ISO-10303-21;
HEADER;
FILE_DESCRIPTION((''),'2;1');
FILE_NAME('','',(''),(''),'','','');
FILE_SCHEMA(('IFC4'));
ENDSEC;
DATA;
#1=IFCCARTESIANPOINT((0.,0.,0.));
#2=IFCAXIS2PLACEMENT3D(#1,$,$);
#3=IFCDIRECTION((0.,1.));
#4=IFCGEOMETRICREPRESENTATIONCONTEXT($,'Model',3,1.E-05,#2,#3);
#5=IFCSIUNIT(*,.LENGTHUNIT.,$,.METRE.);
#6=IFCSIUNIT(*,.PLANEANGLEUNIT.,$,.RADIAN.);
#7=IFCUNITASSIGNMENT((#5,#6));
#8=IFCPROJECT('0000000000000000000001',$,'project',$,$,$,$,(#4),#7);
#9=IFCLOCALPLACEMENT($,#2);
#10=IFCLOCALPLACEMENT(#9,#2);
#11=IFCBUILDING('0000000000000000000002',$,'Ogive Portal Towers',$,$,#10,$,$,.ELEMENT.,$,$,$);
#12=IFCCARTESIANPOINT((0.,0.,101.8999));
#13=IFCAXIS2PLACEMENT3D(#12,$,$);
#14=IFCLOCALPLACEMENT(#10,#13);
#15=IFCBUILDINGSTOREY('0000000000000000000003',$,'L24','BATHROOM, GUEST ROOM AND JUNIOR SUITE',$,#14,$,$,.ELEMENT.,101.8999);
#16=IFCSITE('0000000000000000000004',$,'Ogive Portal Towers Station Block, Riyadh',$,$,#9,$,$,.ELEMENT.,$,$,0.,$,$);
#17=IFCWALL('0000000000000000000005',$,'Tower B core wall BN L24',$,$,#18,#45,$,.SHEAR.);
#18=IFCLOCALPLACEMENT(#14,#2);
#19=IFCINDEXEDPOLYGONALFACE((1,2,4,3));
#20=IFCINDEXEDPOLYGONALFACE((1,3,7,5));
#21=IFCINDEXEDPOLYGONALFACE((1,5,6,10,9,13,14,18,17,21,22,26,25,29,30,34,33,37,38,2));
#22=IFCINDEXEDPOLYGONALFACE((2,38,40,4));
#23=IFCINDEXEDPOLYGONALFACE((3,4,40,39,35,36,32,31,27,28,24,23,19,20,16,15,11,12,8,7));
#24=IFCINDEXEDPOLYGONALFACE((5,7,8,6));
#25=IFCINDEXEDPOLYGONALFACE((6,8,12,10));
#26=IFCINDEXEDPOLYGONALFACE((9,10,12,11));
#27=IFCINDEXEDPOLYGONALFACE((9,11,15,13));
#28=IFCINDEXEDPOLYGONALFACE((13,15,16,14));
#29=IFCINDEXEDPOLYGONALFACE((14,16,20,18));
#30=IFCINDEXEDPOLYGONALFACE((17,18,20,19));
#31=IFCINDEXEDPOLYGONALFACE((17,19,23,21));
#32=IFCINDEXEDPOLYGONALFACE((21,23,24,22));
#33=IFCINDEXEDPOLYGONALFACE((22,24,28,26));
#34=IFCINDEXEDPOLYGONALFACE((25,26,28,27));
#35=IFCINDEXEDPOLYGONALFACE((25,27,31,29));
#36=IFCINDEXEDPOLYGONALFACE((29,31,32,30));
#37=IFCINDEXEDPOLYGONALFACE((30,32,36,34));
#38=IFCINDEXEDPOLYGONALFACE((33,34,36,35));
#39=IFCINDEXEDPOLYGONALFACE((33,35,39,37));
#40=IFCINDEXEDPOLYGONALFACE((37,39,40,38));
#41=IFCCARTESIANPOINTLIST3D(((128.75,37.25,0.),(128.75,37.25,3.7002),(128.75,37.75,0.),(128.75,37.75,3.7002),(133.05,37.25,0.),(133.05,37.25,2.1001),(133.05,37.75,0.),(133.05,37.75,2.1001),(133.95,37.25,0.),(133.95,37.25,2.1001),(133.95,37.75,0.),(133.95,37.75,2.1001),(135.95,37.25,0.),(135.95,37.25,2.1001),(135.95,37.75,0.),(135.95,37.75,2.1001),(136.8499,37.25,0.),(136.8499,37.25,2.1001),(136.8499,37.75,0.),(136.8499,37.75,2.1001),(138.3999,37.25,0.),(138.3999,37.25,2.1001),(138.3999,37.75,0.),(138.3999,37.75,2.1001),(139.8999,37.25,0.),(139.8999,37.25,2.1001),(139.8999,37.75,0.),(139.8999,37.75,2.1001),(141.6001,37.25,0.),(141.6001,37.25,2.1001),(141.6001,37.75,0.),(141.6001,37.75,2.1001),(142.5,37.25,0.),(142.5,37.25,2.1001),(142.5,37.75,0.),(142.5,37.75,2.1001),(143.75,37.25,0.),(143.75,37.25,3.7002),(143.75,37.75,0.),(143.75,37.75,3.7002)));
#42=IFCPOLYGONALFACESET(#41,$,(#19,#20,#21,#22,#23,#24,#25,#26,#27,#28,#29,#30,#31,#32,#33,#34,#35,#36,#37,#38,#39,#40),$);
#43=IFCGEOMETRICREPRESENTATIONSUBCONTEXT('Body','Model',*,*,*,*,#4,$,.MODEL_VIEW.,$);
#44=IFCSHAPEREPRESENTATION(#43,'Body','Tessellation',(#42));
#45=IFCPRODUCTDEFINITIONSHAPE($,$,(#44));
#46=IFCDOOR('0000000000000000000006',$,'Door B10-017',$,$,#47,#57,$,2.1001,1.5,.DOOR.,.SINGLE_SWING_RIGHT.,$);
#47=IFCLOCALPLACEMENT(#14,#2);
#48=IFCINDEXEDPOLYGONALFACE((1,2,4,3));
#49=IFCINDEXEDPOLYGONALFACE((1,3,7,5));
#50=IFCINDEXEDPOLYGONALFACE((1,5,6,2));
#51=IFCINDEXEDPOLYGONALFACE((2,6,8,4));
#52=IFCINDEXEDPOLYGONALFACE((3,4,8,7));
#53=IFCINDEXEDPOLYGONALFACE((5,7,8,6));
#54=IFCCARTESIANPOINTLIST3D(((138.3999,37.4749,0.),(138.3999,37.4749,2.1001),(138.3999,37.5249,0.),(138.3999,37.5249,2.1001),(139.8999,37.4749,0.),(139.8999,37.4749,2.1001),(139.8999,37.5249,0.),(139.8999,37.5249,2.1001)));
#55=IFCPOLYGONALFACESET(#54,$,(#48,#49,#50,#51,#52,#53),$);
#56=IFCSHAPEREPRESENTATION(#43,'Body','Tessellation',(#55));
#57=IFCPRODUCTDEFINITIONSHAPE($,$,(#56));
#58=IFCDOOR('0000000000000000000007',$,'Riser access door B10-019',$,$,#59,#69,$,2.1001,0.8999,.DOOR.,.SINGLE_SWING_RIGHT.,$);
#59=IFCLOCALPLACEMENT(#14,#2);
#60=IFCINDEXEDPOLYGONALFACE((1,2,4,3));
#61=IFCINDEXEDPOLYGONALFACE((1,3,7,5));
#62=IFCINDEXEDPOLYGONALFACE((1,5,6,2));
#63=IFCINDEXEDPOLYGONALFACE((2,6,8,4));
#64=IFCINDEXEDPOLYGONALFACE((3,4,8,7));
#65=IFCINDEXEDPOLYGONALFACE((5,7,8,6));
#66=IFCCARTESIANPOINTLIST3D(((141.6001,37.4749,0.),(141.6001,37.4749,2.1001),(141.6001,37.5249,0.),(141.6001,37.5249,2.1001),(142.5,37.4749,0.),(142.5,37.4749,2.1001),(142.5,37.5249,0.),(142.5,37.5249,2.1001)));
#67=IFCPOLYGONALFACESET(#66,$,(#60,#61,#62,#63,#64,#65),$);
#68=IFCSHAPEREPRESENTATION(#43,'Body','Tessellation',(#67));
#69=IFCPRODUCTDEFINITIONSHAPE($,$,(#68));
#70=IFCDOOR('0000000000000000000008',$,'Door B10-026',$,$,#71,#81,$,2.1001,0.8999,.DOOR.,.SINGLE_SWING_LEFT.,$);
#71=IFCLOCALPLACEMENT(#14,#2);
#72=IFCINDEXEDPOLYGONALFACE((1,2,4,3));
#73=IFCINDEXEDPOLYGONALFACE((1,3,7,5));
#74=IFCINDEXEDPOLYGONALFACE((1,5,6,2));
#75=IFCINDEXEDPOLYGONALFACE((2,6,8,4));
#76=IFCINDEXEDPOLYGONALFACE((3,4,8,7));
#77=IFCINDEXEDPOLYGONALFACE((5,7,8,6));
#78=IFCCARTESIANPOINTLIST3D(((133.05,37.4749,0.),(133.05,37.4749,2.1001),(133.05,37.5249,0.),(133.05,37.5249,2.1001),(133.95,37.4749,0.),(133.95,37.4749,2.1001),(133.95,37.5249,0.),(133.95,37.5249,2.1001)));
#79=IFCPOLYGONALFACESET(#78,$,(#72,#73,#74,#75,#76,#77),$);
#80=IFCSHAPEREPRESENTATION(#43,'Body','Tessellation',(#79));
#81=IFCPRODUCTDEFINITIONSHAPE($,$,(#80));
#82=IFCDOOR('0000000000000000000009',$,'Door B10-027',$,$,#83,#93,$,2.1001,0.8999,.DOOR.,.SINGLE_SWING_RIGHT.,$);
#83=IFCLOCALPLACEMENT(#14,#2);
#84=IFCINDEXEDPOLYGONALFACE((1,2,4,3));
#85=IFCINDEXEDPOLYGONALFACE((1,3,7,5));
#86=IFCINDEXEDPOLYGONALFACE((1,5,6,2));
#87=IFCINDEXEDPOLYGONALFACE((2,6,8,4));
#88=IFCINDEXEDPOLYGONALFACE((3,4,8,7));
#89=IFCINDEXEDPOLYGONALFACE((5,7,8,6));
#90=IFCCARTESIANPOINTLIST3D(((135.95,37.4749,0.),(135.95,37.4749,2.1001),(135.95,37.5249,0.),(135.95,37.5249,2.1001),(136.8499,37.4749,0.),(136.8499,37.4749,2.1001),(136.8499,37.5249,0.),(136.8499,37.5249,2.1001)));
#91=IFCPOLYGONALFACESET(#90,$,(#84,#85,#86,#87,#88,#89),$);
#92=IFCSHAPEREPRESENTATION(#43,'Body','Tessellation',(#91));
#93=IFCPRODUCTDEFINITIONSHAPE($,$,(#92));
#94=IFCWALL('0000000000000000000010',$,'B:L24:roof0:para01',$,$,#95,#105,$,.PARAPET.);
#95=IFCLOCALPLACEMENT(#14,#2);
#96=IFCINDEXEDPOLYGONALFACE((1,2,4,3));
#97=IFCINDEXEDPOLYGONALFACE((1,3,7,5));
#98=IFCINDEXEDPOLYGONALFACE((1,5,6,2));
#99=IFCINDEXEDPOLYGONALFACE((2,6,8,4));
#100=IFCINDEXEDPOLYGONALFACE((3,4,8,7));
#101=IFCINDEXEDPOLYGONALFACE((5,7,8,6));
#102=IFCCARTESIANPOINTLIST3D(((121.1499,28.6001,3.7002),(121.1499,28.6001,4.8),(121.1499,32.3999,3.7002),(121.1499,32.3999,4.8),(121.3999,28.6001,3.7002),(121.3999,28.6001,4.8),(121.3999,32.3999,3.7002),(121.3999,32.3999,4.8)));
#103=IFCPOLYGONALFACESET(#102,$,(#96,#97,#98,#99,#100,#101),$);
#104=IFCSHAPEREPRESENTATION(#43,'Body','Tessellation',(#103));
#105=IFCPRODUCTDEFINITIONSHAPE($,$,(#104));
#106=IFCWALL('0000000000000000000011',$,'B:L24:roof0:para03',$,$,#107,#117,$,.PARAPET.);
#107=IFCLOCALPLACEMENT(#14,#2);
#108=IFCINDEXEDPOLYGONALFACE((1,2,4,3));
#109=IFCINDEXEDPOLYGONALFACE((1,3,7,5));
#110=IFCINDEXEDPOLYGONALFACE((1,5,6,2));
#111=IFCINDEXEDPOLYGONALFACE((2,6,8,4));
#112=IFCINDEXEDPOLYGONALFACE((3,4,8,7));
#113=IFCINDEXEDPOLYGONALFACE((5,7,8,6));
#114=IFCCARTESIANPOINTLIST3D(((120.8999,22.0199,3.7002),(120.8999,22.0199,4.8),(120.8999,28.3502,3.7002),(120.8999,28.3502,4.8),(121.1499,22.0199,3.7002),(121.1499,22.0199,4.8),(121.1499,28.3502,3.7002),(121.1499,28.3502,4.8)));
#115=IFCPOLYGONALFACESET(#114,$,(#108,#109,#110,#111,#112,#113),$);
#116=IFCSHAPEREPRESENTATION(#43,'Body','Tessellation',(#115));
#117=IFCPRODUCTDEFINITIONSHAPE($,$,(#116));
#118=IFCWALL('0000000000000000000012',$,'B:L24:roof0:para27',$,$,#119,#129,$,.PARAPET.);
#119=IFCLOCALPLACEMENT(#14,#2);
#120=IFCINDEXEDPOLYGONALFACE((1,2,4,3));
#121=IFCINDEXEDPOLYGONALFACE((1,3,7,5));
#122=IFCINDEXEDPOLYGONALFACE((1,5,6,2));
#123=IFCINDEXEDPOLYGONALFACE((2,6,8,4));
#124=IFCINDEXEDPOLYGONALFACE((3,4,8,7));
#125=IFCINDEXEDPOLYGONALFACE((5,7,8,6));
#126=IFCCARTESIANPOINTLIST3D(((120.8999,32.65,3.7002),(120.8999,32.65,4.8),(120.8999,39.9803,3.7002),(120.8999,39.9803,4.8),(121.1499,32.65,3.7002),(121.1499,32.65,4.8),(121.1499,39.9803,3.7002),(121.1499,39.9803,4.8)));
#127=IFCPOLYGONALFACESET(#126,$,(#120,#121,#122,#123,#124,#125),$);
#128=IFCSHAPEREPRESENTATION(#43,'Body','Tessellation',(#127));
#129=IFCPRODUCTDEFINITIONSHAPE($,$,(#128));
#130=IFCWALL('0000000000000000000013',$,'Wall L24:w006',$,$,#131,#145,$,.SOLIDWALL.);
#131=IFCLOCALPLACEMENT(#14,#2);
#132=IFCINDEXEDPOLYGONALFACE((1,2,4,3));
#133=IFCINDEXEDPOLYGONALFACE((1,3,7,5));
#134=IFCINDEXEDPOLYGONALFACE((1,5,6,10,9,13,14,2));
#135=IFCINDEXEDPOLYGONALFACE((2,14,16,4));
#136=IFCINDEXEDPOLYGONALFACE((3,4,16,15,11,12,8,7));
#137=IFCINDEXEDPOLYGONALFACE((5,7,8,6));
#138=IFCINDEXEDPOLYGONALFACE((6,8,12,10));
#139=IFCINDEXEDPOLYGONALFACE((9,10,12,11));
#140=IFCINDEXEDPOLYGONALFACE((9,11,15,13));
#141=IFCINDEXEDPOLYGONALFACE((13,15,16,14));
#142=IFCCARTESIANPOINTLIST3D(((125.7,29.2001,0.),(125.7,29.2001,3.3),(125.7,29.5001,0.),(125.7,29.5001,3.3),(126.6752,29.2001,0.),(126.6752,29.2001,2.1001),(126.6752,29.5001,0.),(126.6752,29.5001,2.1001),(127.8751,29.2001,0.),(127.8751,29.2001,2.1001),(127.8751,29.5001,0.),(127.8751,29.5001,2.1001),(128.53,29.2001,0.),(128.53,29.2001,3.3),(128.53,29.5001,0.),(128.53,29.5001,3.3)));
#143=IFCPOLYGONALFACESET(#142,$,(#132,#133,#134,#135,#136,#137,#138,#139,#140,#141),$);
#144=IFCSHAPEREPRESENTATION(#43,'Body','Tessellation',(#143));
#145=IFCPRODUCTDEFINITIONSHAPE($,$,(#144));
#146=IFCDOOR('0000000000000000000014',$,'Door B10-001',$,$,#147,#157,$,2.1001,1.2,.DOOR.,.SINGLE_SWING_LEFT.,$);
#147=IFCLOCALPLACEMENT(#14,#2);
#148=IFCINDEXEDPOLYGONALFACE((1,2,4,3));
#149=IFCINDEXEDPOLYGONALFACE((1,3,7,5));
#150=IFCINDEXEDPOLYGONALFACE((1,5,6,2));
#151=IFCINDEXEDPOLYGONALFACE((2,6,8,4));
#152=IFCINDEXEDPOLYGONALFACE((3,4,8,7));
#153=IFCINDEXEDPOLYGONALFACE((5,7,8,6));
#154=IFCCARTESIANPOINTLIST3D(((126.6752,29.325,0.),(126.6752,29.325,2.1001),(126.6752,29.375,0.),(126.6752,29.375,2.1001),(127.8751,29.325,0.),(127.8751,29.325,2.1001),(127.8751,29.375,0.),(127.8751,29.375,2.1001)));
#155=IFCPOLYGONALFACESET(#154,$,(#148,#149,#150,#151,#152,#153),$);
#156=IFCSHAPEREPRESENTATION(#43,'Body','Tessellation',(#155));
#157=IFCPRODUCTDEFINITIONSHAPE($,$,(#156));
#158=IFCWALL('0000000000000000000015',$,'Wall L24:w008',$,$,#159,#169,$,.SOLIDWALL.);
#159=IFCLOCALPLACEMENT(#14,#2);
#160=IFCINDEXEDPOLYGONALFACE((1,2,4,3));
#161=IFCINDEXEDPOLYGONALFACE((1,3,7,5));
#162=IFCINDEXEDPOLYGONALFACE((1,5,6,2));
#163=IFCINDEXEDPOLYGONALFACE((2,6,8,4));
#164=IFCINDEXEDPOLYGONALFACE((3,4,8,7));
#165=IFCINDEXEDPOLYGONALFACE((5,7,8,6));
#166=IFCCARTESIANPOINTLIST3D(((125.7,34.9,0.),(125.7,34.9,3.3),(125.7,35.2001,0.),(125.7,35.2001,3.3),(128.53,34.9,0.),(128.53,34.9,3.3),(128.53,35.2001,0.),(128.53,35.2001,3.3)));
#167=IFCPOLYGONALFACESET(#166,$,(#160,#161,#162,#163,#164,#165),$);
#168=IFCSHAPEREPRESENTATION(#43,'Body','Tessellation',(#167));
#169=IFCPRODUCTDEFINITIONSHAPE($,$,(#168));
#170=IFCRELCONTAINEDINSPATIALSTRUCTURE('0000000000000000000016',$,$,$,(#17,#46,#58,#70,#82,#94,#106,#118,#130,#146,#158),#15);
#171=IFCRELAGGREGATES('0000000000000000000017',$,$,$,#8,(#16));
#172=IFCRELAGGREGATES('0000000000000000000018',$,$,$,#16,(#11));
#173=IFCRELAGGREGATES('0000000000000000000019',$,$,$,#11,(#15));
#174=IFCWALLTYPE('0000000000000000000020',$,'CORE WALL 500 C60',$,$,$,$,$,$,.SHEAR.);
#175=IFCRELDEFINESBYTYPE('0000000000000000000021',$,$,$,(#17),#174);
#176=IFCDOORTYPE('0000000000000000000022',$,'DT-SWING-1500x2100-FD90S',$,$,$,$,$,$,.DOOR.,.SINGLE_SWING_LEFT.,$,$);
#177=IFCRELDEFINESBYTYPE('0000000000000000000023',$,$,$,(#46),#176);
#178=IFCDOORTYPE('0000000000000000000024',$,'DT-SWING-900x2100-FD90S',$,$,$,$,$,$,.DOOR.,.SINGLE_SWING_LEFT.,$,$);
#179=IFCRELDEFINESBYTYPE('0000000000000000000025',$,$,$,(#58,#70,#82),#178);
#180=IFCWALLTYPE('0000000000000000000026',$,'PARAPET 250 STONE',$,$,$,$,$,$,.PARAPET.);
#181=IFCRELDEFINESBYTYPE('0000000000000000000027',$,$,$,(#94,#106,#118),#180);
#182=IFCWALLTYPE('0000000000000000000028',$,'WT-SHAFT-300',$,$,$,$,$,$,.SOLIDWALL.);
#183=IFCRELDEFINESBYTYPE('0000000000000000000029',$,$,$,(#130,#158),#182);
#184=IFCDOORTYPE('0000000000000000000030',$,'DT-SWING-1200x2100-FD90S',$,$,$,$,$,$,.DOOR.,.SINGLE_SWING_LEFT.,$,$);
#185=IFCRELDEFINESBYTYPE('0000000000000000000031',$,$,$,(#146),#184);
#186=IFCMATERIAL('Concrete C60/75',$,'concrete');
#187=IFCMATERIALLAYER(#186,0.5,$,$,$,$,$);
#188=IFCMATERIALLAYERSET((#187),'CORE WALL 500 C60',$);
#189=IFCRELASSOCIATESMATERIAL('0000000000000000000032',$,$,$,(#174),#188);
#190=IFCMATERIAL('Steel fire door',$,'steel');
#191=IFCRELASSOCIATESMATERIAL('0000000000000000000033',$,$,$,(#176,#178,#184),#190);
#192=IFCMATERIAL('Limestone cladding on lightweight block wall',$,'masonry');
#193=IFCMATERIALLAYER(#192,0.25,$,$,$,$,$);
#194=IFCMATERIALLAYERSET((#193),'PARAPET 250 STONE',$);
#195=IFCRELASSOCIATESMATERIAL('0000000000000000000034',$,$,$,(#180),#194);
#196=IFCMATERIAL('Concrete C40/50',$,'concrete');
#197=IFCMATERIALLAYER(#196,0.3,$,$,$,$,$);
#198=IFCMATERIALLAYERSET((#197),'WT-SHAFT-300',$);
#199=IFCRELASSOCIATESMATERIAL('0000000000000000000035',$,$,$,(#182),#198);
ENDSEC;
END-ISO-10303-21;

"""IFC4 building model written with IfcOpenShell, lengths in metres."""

from ifc_helpers import new_model, si_unit, direction, frame, frame_2d, origin, place, context, subcontext, project, spatial, rectangle, extrude, material, layer, layer_set, type_object, element, fill, save


model = new_model("IFC4")

# Units and contexts
model_context = context("Model", 3, precision=1e-05, world=origin(), true_north=direction((0.0, 1.0)))
body_context = subcontext(model_context, "Body", "Model", "MODEL_VIEW")
ifc_project = project(units=[si_unit("LENGTHUNIT", "METRE"), si_unit("PLANEANGLEUNIT", "RADIAN")], contexts=[model_context])

# Site, building, storey
site_placement = place(None, origin())
site = spatial("IfcSite", under=ifc_project, at=site_placement, Name="Ogive Portal Towers Station Block, Riyadh", CompositionType="ELEMENT", RefElevation=0.0)
building_placement = place(site_placement, origin())
building = spatial("IfcBuilding", under=site, at=building_placement, Name="Ogive Portal Towers", CompositionType="ELEMENT")
storey_placement = place(building_placement, frame((0.0, 0.0, 101.8999)))
storey = spatial("IfcBuildingStorey", under=building, at=storey_placement, Name="L24", Description="BATHROOM, GUEST ROOM AND JUNIOR SUITE", CompositionType="ELEMENT", Elevation=101.8999)

# Shared definitions
ifc_material_1 = material(Name="Concrete C40/50", Category="concrete")

# Shared definitions
ifc_material_2 = material(Name="Concrete C60/75", Category="concrete")

# Wall, openings, doors
ifc_layer_1 = layer(ifc_material_2, 0.5)
ifc_layer_set_1 = layer_set([ifc_layer_1], Name="CORE WALL 500 C60")
wall_type_1 = type_object("IfcWallType", Name="CORE WALL 500 C60", PredefinedType="SHEAR", material=ifc_layer_set_1)
wall_1_placement = place(storey_placement, frame((128.75, 37.5, 0.0), z_axis=(0.0, 0.0, 1.0), x_axis=(1.0, 0.0, 0.0)))
wall_1 = element("IfcWall", 1, at=wall_1_placement, inside=storey, type_object=wall_type_1, Name="Tower B core wall BN L24", PredefinedType="SHEAR", context=body_context, shape_type="SweptSolid", body=[
    extrude(rectangle(XDim=15.0, YDim=0.5, at=frame_2d((7.5, 0.0))), origin(), (0.0, 0.0, 1.0), 3.7002),
])
opening_1_placement = place(wall_1_placement, frame((9.6499, 0.0, 0.0)))
opening_1 = element("IfcOpeningElement", 2, at=opening_1_placement, cuts=wall_1, PredefinedType="OPENING", context=body_context, shape_type="SweptSolid", body=[
    extrude(rectangle(XDim=1.5, YDim=2.1001, at=frame_2d((0.75, 1.05))), frame((0.0, 0.26, 0.0), z_axis=(0.0, -1.0, 0.0), x_axis=(1.0, 0.0, 0.0)), (0.0, 0.0, 1.0), 0.52),
])
opening_2_placement = place(wall_1_placement, frame((12.8501, 0.0, 0.0)))
opening_2 = element("IfcOpeningElement", 3, at=opening_2_placement, cuts=wall_1, PredefinedType="OPENING", context=body_context, shape_type="SweptSolid", body=[
    extrude(rectangle(XDim=0.8999, YDim=2.1001, at=frame_2d((0.45, 1.05))), frame((0.0, 0.26, 0.0), z_axis=(0.0, -1.0, 0.0), x_axis=(1.0, 0.0, 0.0)), (0.0, 0.0, 1.0), 0.52),
])
opening_3_placement = place(wall_1_placement, frame((4.3, 0.0, 0.0)))
opening_3 = element("IfcOpeningElement", 4, at=opening_3_placement, cuts=wall_1, PredefinedType="OPENING", context=body_context, shape_type="SweptSolid", body=[
    extrude(rectangle(XDim=0.8999, YDim=2.1001, at=frame_2d((0.45, 1.05))), frame((0.0, 0.26, 0.0), z_axis=(0.0, -1.0, 0.0), x_axis=(1.0, 0.0, 0.0)), (0.0, 0.0, 1.0), 0.52),
])
opening_4_placement = place(wall_1_placement, frame((7.2, 0.0, 0.0)))
opening_4 = element("IfcOpeningElement", 5, at=opening_4_placement, cuts=wall_1, PredefinedType="OPENING", context=body_context, shape_type="SweptSolid", body=[
    extrude(rectangle(XDim=0.8999, YDim=2.1001, at=frame_2d((0.45, 1.05))), frame((0.0, 0.26, 0.0), z_axis=(0.0, -1.0, 0.0), x_axis=(1.0, 0.0, 0.0)), (0.0, 0.0, 1.0), 0.52),
])
ifc_material_3 = material(Name="Steel fire door", Category="steel")
door_type_1 = type_object("IfcDoorType", Name="DT-SWING-1500x2100-FD90S", OperationType="SINGLE_SWING_LEFT", PredefinedType="DOOR", material=ifc_material_3)
door_1_placement = place(opening_1_placement, origin())
door_1 = element("IfcDoor", 6, at=door_1_placement, inside=storey, type_object=door_type_1, Name="Door B10-017", OperationType="SINGLE_SWING_RIGHT", OverallHeight=2.1001, OverallWidth=1.5, PredefinedType="DOOR", context=body_context, shape_type="SweptSolid", body=[
    extrude(rectangle(XDim=1.5, YDim=2.1001, at=frame_2d((0.75, 1.05))), frame((0.0, 0.0249, 0.0), z_axis=(0.0, -1.0, 0.0), x_axis=(1.0, 0.0, 0.0)), (0.0, 0.0, 1.0), 0.05),
])
fill(opening_1, door_1)
door_type_2 = type_object("IfcDoorType", Name="DT-SWING-900x2100-FD90S", OperationType="SINGLE_SWING_LEFT", PredefinedType="DOOR", material=ifc_material_3)
door_2_placement = place(opening_2_placement, origin())
door_2 = element("IfcDoor", 7, at=door_2_placement, inside=storey, type_object=door_type_2, Name="Riser access door B10-019", OperationType="SINGLE_SWING_RIGHT", OverallHeight=2.1001, OverallWidth=0.8999, PredefinedType="DOOR", context=body_context, shape_type="SweptSolid", body=[
    extrude(rectangle(XDim=0.8999, YDim=2.1001, at=frame_2d((0.45, 1.05))), frame((0.0, 0.0249, 0.0), z_axis=(0.0, -1.0, 0.0), x_axis=(1.0, 0.0, 0.0)), (0.0, 0.0, 1.0), 0.05),
])
fill(opening_2, door_2)
door_3_placement = place(opening_3_placement, origin())
door_3 = element("IfcDoor", 8, at=door_3_placement, inside=storey, type_object=door_type_2, Name="Door B10-026", OperationType="SINGLE_SWING_LEFT", OverallHeight=2.1001, OverallWidth=0.8999, PredefinedType="DOOR", context=body_context, shape_type="SweptSolid", body=[
    extrude(rectangle(XDim=0.8999, YDim=2.1001, at=frame_2d((0.45, 1.05))), frame((0.0, 0.0249, 0.0), z_axis=(0.0, -1.0, 0.0), x_axis=(1.0, 0.0, 0.0)), (0.0, 0.0, 1.0), 0.05),
])
fill(opening_3, door_3)
door_4_placement = place(opening_4_placement, origin())
door_4 = element("IfcDoor", 9, at=door_4_placement, inside=storey, type_object=door_type_2, Name="Door B10-027", OperationType="SINGLE_SWING_RIGHT", OverallHeight=2.1001, OverallWidth=0.8999, PredefinedType="DOOR", context=body_context, shape_type="SweptSolid", body=[
    extrude(rectangle(XDim=0.8999, YDim=2.1001, at=frame_2d((0.45, 1.05))), frame((0.0, 0.0249, 0.0), z_axis=(0.0, -1.0, 0.0), x_axis=(1.0, 0.0, 0.0)), (0.0, 0.0, 1.0), 0.05),
])
fill(opening_4, door_4)

# Walls
ifc_material_4 = material(Name="Limestone cladding on lightweight block wall", Category="masonry")
ifc_layer_2 = layer(ifc_material_4, 0.25)
ifc_layer_set_2 = layer_set([ifc_layer_2], Name="PARAPET 250 STONE")
wall_type_2 = type_object("IfcWallType", Name="PARAPET 250 STONE", PredefinedType="PARAPET", material=ifc_layer_set_2)
wall_2_placement = place(storey_placement, frame((121.2749, 32.3999, 3.7002), z_axis=(0.0, 0.0, 1.0), x_axis=(0.0, -1.0, 0.0)))
element("IfcWall", 10, at=wall_2_placement, inside=storey, type_object=wall_type_2, Name="B:L24:roof0:para01", PredefinedType="PARAPET", context=body_context, shape_type="SweptSolid", body=[
    extrude(rectangle(XDim=3.7998, YDim=0.25, at=frame_2d((1.8999, 0.0))), origin(), (0.0, 0.0, 1.0), 1.0999),
])
wall_3_placement = place(storey_placement, frame((121.0249, 28.3501, 3.7002), z_axis=(0.0, 0.0, 1.0), x_axis=(0.0, -1.0, 0.0)))
element("IfcWall", 11, at=wall_3_placement, inside=storey, type_object=wall_type_2, Name="B:L24:roof0:para03", PredefinedType="PARAPET", context=body_context, shape_type="SweptSolid", body=[
    extrude(rectangle(XDim=6.3303, YDim=0.25, at=frame_2d((3.165, 0.0))), origin(), (0.0, 0.0, 1.0), 1.0999),
])
wall_4_placement = place(storey_placement, frame((121.0249, 39.9802, 3.7002), z_axis=(0.0, 0.0, 1.0), x_axis=(0.0, -1.0, 0.0)))
element("IfcWall", 12, at=wall_4_placement, inside=storey, type_object=wall_type_2, Name="B:L24:roof0:para27", PredefinedType="PARAPET", context=body_context, shape_type="SweptSolid", body=[
    extrude(rectangle(XDim=7.3303, YDim=0.25, at=frame_2d((3.665, 0.0))), origin(), (0.0, 0.0, 1.0), 1.0999),
])

# Wall, opening, door
ifc_layer_3 = layer(ifc_material_1, 0.3)
ifc_layer_set_3 = layer_set([ifc_layer_3], Name="WT-SHAFT-300")
wall_type_3 = type_object("IfcWallType", Name="WT-SHAFT-300", PredefinedType="SOLIDWALL", material=ifc_layer_set_3)
wall_5_placement = place(storey_placement, frame((125.7, 29.3501, 0.0), z_axis=(0.0, 0.0, 1.0), x_axis=(1.0, 0.0, 0.0)))
wall_5 = element("IfcWall", 13, at=wall_5_placement, inside=storey, type_object=wall_type_3, Name="Wall L24:w006", PredefinedType="SOLIDWALL", context=body_context, shape_type="SweptSolid", body=[
    extrude(rectangle(XDim=2.8301, YDim=0.3, at=frame_2d((1.415, 0.0))), origin(), (0.0, 0.0, 1.0), 3.3),
])
opening_5_placement = place(wall_5_placement, frame((0.9751, 0.0, 0.0)))
opening_5 = element("IfcOpeningElement", 14, at=opening_5_placement, cuts=wall_5, PredefinedType="OPENING", context=body_context, shape_type="SweptSolid", body=[
    extrude(rectangle(XDim=1.2, YDim=2.1001, at=frame_2d((0.6001, 1.05))), frame((0.0, 0.1602, 0.0), z_axis=(0.0, -1.0, 0.0), x_axis=(1.0, 0.0, 0.0)), (0.0, 0.0, 1.0), 0.3201),
])
door_type_3 = type_object("IfcDoorType", Name="DT-SWING-1200x2100-FD90S", OperationType="SINGLE_SWING_LEFT", PredefinedType="DOOR", material=ifc_material_3)
door_5_placement = place(opening_5_placement, origin())
door_5 = element("IfcDoor", 15, at=door_5_placement, inside=storey, type_object=door_type_3, Name="Door B10-001", OperationType="SINGLE_SWING_LEFT", OverallHeight=2.1001, OverallWidth=1.2, PredefinedType="DOOR", context=body_context, shape_type="SweptSolid", body=[
    extrude(rectangle(XDim=1.2, YDim=2.1001, at=frame_2d((0.6001, 1.05))), frame((0.0, 0.0249, 0.0), z_axis=(0.0, -1.0, 0.0), x_axis=(1.0, 0.0, 0.0)), (0.0, 0.0, 1.0), 0.05),
])
fill(opening_5, door_5)

# Wall
wall_6_placement = place(storey_placement, frame((125.7, 35.05, 0.0), z_axis=(0.0, 0.0, 1.0), x_axis=(1.0, 0.0, 0.0)))
element("IfcWall", 16, at=wall_6_placement, inside=storey, type_object=wall_type_3, Name="Wall L24:w008", PredefinedType="SOLIDWALL", context=body_context, shape_type="SweptSolid", body=[
    extrude(rectangle(XDim=2.8301, YDim=0.3, at=frame_2d((1.415, 0.0))), origin(), (0.0, 0.0, 1.0), 3.3),
])

save(model, "model.ifc")
